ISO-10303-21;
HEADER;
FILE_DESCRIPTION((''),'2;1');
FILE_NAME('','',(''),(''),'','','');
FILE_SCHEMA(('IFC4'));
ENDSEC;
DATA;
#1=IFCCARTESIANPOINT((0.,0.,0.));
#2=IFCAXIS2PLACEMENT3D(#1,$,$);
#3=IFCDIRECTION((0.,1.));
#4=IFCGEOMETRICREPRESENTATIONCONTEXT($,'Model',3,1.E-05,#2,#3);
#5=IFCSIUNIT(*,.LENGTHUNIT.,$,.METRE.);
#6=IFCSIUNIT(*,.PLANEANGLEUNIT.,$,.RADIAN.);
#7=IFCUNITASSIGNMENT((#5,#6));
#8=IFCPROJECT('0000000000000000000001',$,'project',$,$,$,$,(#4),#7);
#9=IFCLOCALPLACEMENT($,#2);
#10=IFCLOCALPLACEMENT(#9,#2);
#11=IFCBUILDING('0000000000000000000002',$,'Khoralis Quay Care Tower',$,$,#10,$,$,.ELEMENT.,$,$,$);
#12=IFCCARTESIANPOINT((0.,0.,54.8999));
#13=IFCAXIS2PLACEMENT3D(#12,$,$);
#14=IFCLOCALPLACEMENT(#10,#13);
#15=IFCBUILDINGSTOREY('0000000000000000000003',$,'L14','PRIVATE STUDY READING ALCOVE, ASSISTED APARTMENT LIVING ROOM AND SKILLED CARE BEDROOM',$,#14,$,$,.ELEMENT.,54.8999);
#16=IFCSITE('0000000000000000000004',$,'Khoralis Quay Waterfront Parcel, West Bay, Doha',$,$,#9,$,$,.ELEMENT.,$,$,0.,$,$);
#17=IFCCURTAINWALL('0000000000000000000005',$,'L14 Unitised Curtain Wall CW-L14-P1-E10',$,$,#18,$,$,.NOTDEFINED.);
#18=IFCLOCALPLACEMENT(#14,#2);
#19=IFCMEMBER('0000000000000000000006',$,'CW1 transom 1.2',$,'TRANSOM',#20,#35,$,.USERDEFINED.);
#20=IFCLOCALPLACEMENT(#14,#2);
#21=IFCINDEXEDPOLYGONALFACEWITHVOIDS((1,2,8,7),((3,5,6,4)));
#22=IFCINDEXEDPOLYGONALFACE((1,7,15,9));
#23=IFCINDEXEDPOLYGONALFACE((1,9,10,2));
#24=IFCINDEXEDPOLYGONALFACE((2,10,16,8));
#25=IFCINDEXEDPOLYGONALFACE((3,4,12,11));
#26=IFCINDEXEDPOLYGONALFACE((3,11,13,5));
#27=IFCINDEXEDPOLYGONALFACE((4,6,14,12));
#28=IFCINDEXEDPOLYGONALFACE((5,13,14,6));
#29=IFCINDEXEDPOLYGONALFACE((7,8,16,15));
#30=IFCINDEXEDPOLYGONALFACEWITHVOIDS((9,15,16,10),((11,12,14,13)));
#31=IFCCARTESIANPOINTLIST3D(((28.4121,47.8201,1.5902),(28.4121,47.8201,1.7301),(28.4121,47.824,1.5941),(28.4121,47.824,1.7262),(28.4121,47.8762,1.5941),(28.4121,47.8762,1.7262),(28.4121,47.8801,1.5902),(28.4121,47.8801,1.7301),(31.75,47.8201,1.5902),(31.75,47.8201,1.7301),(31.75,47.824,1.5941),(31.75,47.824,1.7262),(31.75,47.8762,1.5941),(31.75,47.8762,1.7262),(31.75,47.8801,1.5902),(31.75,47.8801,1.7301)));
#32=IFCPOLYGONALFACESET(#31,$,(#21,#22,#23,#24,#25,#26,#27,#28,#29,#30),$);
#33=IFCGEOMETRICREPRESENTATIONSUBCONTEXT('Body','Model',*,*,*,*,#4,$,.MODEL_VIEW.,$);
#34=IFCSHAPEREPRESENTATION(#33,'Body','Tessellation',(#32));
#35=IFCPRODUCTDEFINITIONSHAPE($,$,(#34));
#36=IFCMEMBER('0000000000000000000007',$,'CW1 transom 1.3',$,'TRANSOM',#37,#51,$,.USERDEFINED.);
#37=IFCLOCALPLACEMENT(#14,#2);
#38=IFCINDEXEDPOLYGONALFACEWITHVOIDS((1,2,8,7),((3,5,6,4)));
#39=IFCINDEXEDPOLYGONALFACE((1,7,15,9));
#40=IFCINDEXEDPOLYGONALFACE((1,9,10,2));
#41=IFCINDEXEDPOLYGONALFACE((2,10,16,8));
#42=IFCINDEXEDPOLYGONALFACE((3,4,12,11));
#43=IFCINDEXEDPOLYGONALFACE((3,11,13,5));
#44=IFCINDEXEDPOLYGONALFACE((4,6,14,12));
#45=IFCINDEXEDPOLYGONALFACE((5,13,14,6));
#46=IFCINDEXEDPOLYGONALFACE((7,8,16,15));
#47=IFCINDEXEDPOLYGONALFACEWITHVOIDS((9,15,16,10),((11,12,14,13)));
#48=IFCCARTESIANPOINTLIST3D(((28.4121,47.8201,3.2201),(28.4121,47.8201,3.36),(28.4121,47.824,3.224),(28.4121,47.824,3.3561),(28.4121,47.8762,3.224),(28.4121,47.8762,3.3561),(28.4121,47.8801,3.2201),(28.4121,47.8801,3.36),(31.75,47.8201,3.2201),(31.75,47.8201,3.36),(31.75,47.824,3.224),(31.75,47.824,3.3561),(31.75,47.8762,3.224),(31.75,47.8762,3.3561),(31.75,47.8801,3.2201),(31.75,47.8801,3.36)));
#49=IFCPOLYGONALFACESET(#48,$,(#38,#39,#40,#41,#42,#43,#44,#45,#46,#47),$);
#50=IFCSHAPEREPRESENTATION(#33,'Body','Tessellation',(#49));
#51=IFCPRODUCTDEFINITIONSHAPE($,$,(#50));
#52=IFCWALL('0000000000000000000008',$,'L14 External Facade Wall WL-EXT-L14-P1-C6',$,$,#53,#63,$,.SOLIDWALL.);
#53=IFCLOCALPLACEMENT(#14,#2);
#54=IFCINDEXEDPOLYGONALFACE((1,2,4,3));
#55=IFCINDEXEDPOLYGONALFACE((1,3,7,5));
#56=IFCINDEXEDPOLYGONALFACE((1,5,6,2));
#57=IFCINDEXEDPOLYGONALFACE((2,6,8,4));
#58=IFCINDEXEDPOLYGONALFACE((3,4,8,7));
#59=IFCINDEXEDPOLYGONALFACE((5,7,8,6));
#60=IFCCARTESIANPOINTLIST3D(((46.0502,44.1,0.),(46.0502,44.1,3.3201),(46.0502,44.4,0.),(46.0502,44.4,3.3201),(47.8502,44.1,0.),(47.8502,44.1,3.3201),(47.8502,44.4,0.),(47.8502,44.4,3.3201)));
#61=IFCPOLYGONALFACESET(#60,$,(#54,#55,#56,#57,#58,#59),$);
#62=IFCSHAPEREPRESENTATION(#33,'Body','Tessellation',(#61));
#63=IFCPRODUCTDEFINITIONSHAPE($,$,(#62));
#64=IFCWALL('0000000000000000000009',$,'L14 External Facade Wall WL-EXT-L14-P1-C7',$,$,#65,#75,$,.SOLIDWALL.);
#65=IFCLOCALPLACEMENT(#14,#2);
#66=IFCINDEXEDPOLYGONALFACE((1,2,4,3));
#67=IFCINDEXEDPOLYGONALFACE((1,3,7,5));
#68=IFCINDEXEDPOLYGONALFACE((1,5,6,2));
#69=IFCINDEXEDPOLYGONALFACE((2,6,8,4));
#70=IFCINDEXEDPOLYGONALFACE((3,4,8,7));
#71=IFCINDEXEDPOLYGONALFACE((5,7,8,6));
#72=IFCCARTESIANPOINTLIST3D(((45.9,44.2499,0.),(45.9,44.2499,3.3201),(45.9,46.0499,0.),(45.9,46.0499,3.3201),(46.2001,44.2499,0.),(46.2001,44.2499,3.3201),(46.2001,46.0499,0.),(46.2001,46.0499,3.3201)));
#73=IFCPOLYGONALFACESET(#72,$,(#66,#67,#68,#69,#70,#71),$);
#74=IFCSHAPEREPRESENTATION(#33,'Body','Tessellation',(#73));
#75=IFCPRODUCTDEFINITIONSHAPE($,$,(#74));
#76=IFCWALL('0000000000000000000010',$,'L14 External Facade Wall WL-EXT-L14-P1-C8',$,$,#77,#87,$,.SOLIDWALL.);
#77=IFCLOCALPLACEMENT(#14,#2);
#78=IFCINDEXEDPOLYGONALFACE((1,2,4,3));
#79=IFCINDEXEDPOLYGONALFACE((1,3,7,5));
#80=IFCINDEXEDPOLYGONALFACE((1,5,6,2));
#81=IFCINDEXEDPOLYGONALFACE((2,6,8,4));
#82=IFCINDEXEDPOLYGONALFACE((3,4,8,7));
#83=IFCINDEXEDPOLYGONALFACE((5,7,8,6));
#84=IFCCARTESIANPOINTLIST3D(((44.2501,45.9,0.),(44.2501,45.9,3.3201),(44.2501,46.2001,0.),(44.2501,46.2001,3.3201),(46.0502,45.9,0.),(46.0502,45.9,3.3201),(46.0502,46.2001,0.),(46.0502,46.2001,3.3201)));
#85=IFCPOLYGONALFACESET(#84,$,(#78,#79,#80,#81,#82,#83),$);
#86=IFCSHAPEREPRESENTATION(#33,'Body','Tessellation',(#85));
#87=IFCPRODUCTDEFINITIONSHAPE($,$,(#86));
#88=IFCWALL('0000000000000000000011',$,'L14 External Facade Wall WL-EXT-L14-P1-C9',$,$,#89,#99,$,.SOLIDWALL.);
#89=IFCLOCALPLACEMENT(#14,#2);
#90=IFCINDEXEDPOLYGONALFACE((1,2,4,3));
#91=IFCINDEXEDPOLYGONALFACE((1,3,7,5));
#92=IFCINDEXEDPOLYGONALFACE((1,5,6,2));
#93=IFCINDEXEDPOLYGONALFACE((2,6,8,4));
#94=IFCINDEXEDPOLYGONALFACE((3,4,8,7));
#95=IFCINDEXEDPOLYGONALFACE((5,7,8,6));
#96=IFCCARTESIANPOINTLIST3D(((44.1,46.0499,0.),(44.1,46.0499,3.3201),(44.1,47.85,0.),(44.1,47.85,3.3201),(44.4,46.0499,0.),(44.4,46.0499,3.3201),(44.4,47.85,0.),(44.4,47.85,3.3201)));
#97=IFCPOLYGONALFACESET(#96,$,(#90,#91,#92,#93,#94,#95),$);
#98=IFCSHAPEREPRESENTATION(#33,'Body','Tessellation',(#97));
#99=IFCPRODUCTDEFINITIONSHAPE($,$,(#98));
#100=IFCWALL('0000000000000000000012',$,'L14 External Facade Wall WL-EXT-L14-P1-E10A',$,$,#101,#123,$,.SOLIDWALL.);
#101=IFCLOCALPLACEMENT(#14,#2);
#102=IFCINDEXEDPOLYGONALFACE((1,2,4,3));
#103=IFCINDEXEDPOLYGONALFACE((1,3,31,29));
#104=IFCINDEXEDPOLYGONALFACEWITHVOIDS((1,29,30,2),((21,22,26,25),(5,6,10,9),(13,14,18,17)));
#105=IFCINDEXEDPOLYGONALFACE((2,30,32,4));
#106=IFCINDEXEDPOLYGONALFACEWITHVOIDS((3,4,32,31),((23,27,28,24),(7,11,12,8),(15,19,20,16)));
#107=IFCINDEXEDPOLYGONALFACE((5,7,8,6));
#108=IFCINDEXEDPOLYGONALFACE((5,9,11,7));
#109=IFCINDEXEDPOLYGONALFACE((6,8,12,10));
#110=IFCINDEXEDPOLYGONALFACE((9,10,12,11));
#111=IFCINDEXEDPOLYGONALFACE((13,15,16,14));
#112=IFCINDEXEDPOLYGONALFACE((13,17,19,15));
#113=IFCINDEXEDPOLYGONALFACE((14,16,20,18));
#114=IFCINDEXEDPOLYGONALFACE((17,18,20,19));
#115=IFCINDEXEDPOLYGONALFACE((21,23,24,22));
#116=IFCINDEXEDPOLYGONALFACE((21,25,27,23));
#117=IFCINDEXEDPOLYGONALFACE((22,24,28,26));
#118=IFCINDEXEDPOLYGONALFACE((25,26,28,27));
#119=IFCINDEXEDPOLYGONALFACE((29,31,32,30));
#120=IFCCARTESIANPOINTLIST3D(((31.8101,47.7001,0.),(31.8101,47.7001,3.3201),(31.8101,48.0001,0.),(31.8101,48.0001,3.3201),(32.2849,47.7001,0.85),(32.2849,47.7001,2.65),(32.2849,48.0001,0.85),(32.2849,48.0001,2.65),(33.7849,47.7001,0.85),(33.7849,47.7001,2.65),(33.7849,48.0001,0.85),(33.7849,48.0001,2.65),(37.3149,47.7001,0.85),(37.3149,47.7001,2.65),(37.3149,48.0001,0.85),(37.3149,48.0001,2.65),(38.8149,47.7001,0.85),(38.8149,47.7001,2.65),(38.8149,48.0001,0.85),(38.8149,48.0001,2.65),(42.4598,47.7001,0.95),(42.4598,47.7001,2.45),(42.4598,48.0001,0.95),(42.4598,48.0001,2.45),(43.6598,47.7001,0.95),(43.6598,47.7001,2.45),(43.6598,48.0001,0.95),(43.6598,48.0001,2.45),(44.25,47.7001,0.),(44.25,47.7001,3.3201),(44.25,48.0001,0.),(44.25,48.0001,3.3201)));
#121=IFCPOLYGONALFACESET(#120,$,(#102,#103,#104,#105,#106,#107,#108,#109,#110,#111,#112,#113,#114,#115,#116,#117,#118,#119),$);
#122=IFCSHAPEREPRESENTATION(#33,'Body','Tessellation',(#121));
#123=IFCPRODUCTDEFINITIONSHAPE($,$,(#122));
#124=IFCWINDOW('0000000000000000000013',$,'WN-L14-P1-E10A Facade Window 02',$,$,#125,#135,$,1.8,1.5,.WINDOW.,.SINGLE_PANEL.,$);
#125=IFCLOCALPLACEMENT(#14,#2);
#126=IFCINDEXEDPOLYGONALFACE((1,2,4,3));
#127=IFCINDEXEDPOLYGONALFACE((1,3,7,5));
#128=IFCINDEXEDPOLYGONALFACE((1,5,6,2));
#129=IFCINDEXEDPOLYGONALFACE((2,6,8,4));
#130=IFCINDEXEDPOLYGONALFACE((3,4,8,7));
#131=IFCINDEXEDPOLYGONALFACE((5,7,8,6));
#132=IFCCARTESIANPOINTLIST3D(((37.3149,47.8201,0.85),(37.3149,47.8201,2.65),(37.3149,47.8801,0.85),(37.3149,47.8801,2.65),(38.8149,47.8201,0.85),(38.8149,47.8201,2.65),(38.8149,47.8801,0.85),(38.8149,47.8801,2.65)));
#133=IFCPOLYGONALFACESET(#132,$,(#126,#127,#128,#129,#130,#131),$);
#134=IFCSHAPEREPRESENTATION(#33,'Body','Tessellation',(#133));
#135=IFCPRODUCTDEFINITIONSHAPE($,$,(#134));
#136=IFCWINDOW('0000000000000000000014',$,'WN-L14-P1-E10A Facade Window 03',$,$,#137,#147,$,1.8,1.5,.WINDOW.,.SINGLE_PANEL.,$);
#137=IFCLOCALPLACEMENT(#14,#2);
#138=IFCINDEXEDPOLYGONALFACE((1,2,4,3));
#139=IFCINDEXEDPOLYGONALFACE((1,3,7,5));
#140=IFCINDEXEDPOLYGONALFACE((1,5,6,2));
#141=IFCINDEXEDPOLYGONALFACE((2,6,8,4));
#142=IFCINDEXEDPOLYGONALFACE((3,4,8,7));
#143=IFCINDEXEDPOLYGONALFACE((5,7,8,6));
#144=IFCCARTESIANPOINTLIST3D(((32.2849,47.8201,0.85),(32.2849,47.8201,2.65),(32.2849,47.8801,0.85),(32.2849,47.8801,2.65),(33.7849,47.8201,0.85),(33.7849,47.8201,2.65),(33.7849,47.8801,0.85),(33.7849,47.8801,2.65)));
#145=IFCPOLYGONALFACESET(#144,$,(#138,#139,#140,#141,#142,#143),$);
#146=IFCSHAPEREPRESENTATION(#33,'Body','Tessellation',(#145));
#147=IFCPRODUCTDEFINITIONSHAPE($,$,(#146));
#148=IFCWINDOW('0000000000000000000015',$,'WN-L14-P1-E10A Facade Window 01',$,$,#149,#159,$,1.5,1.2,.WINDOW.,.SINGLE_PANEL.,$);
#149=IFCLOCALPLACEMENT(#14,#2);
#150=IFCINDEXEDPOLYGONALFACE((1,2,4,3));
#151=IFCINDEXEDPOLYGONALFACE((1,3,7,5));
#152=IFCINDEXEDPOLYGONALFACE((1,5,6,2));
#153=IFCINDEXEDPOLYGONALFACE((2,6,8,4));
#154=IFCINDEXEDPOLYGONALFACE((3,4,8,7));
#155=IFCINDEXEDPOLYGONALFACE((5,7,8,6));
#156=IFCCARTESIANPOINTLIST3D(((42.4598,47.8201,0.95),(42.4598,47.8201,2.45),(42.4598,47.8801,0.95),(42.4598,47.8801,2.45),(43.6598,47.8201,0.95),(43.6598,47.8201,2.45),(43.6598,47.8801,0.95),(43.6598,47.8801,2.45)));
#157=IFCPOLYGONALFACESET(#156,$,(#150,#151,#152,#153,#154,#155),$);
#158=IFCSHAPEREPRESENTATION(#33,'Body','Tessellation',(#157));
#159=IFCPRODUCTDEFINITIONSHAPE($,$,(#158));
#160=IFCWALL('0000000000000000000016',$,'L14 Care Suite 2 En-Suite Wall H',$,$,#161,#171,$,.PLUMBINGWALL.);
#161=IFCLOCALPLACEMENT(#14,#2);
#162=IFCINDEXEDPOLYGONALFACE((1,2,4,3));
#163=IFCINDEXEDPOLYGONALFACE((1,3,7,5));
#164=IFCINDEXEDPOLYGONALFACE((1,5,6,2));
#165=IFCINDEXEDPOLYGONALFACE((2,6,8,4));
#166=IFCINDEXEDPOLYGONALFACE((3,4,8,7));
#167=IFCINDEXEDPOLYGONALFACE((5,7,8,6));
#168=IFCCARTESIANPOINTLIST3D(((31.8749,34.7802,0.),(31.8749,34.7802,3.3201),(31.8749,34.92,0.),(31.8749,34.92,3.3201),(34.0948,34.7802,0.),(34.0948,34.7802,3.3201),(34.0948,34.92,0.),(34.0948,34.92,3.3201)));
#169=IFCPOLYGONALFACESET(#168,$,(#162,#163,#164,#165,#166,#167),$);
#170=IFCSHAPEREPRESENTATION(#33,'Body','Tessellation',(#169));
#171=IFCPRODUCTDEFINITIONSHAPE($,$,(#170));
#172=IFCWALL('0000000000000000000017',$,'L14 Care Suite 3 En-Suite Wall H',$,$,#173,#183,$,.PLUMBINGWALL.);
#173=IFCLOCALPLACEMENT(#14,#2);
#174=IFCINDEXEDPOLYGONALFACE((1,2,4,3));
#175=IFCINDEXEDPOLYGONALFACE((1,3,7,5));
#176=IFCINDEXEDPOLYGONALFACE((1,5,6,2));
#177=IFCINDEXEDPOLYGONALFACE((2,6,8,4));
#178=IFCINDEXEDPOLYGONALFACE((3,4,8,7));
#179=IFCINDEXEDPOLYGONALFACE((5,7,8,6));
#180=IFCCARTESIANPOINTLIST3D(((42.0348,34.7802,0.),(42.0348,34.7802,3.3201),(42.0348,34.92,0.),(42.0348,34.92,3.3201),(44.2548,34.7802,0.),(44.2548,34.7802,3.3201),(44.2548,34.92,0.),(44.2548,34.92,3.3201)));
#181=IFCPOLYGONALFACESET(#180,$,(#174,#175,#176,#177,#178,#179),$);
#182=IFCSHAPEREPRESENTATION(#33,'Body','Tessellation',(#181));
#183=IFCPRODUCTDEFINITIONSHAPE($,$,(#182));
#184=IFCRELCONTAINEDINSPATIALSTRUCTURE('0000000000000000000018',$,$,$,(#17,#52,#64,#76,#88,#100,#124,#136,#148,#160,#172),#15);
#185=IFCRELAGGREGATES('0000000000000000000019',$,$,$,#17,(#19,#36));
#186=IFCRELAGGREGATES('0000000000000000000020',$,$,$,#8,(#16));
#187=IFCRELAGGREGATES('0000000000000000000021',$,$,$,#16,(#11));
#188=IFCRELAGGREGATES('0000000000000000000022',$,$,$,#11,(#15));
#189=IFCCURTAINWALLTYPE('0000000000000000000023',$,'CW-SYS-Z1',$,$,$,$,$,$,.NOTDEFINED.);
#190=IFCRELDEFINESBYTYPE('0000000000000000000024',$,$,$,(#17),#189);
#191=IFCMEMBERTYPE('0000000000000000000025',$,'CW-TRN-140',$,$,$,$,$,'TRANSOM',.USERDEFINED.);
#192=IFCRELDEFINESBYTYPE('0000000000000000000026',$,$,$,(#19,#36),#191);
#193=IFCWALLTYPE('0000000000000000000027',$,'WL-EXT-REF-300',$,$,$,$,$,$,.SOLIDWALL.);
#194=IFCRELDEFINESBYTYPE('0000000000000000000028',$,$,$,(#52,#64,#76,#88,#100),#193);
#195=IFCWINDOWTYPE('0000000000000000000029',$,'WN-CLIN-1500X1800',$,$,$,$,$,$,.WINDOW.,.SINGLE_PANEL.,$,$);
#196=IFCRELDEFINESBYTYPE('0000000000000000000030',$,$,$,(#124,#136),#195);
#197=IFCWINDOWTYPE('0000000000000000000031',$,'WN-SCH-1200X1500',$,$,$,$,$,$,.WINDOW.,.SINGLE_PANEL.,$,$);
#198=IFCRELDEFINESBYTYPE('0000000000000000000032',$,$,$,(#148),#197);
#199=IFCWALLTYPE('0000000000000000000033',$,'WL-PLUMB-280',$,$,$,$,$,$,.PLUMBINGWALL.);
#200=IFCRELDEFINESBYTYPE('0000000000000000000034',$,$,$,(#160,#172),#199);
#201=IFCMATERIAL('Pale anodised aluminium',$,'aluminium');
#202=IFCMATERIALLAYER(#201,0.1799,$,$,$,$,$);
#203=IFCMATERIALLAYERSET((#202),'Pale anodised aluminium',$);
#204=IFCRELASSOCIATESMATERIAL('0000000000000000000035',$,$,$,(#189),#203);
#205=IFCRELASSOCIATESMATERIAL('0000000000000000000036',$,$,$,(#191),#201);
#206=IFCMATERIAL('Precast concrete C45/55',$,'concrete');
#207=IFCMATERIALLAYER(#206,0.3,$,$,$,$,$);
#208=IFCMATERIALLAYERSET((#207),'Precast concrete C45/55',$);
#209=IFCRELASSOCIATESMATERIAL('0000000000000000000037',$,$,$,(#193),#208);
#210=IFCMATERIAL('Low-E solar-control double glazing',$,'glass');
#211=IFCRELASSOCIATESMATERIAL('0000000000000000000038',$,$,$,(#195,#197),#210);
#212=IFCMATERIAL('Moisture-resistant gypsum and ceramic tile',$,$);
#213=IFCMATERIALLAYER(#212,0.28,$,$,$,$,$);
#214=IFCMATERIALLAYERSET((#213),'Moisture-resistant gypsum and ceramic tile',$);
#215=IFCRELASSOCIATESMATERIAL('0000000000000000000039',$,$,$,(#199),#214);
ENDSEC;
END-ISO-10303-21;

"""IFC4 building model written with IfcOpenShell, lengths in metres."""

from ifc_helpers import new_model, si_unit, direction, frame, frame_2d, origin, origin_2d, place, context, subcontext, project, spatial, rectangle, hollow_rectangle, extrude, source, transform, mapped, material, layer, layer_set, material_profile, profile_set, type_object, element, fill, aggregate, save


model = new_model("IFC4")

# Units and contexts
model_context = context("Model", 3, precision=1e-05, world=origin(), true_north=direction((0.0, 1.0)))
body_context = subcontext(model_context, "Body", "Model", "MODEL_VIEW")
ifc_project = project(units=[si_unit("LENGTHUNIT", "METRE"), si_unit("PLANEANGLEUNIT", "RADIAN")], contexts=[model_context])

# Site, building, storey
site_placement = place(None, origin())
site = spatial("IfcSite", under=ifc_project, at=site_placement, Name="Khoralis Quay Waterfront Parcel, West Bay, Doha", CompositionType="ELEMENT", RefElevation=0.0)
building_placement = place(site_placement, origin())
building = spatial("IfcBuilding", under=site, at=building_placement, Name="Khoralis Quay Care Tower", CompositionType="ELEMENT")
storey_placement = place(building_placement, frame((0.0, 0.0, 54.8999)))
storey = spatial("IfcBuildingStorey", under=building, at=storey_placement, Name="L14", Description="PRIVATE STUDY READING ALCOVE, ASSISTED APARTMENT LIVING ROOM AND SKILLED CARE BEDROOM", CompositionType="ELEMENT", Elevation=54.8999)

# Curtain wall, members
ifc_material_1 = material(Name="Pale anodised aluminium", Category="aluminium")
ifc_layer_1 = layer(ifc_material_1, 0.1799)
ifc_layer_set_1 = layer_set([ifc_layer_1], Name="Pale anodised aluminium")
curtain_wall_type = type_object("IfcCurtainWallType", Name="CW-SYS-Z1", PredefinedType="NOTDEFINED", material=ifc_layer_set_1)
curtain_wall_placement = place(storey_placement, origin())
curtain_wall = element("IfcCurtainWall", 1, at=curtain_wall_placement, inside=storey, type_object=curtain_wall_type, Name="L14 Unitised Curtain Wall CW-L14-P1-E10", PredefinedType="NOTDEFINED")
ifc_material_profile_1 = material_profile(ifc_material_1, hollow_rectangle(XDim=0.0601, YDim=0.1399, WallThickness=0.0039, at=origin_2d()), Name="Pale anodised aluminium")
ifc_profile_set_1 = profile_set([ifc_material_profile_1], Name="Pale anodised aluminium")
member_type_1 = type_object("IfcMemberType", Name="CW-TRN-140", ElementType="TRANSOM", PredefinedType="USERDEFINED", material=ifc_profile_set_1)
shared_shape_1 = source(origin(), body_context, "Body", "SweptSolid", [
    extrude(hollow_rectangle(XDim=0.0601, YDim=0.1399, WallThickness=0.0039, at=origin_2d()), origin(), (0.0, 0.0, 1.0), 3.3379),
])
member_1_placement = place(storey_placement, frame((31.75, 47.8501, 1.6602), z_axis=(-1.0, 0.0, 0.0), x_axis=(0.0, -1.0, 0.0)))
member_1 = element("IfcMember", 2, at=member_1_placement, type_object=member_type_1, Name="CW1 transom 1.2", ObjectType="TRANSOM", PredefinedType="USERDEFINED", context=body_context, shape_type="MappedRepresentation", body=[
    mapped(shared_shape_1, transform((0.0, 0.0, 0.0), scale=1.0)),
])
member_2_placement = place(storey_placement, frame((31.75, 47.8501, 3.29), z_axis=(-1.0, 0.0, 0.0), x_axis=(0.0, -1.0, 0.0)))
member_2 = element("IfcMember", 3, at=member_2_placement, type_object=member_type_1, Name="CW1 transom 1.3", ObjectType="TRANSOM", PredefinedType="USERDEFINED", context=body_context, shape_type="MappedRepresentation", body=[
    mapped(shared_shape_1, transform((0.0, 0.0, 0.0), scale=1.0)),
])
aggregate(curtain_wall, [member_1, member_2])

# Walls
ifc_material_2 = material(Name="Precast concrete C45/55", Category="concrete")
ifc_layer_2 = layer(ifc_material_2, 0.3)
ifc_layer_set_2 = layer_set([ifc_layer_2], Name="Precast concrete C45/55")
wall_type_1 = type_object("IfcWallType", Name="WL-EXT-REF-300", PredefinedType="SOLIDWALL", material=ifc_layer_set_2)
for number, where, z_axis, x_axis, name in (
    (4, (47.8501, 44.25, 0.0), (0.0, 0.0, 1.0), (-1.0, 0.0, 0.0), "L14 External Facade Wall WL-EXT-L14-P1-C6"),
    (5, (46.05, 44.25, 0.0), (0.0, 0.0, 1.0), (0.0, 1.0, 0.0), "L14 External Facade Wall WL-EXT-L14-P1-C7"),
    (6, (46.05, 46.05, 0.0), (0.0, 0.0, 1.0), (-1.0, 0.0, 0.0), "L14 External Facade Wall WL-EXT-L14-P1-C8"),
    (7, (44.25, 46.05, 0.0), (0.0, 0.0, 1.0), (0.0, 1.0, 0.0), "L14 External Facade Wall WL-EXT-L14-P1-C9"),
):
    element("IfcWall", number, at=place(storey_placement, frame(where, z_axis=z_axis, x_axis=x_axis)), inside=storey, type_object=wall_type_1, Name=name, PredefinedType="SOLIDWALL", context=body_context, shape_type="SweptSolid", body=[
        extrude(rectangle(XDim=1.8, YDim=0.3, at=frame_2d((0.8999, 0.0))), origin(), (0.0, 0.0, 1.0), 3.3201),
    ])

# Wall, openings, windows
wall_1_placement = place(storey_placement, frame((44.25, 47.8501, 0.0), z_axis=(0.0, 0.0, 1.0), x_axis=(-1.0, 0.0, 0.0)))
wall_1 = element("IfcWall", 8, at=wall_1_placement, inside=storey, type_object=wall_type_1, Name="L14 External Facade Wall WL-EXT-L14-P1-E10A", PredefinedType="SOLIDWALL", context=body_context, shape_type="SweptSolid", body=[
    extrude(rectangle(XDim=12.4399, YDim=0.3, at=frame_2d((6.22, 0.0))), origin(), (0.0, 0.0, 1.0), 3.3201),
])
opening_1_placement = place(wall_1_placement, frame((0.5901, 0.0, 0.95)))
opening_1 = element("IfcOpeningElement", 9, at=opening_1_placement, cuts=wall_1, PredefinedType="OPENING", context=body_context, shape_type="SweptSolid", body=[
    extrude(rectangle(XDim=1.2, YDim=1.5, at=frame_2d((0.6001, 0.75))), frame((0.0, 0.1602, 0.0), z_axis=(0.0, -1.0, 0.0), x_axis=(1.0, 0.0, 0.0)), (0.0, 0.0, 1.0), 0.3201),
])
opening_2_placement = place(wall_1_placement, frame((5.4351, 0.0, 0.8501)))
opening_2 = element("IfcOpeningElement", 10, at=opening_2_placement, cuts=wall_1, PredefinedType="OPENING", context=body_context, shape_type="SweptSolid", body=[
    extrude(rectangle(XDim=1.5, YDim=1.8, at=frame_2d((0.75, 0.8999))), frame((0.0, 0.1602, 0.0), z_axis=(0.0, -1.0, 0.0), x_axis=(1.0, 0.0, 0.0)), (0.0, 0.0, 1.0), 0.3201),
])
opening_3_placement = place(wall_1_placement, frame((10.4651, 0.0, 0.8501)))
opening_3 = element("IfcOpeningElement", 11, at=opening_3_placement, cuts=wall_1, PredefinedType="OPENING", context=body_context, shape_type="SweptSolid", body=[
    extrude(rectangle(XDim=1.5, YDim=1.8, at=frame_2d((0.75, 0.8999))), frame((0.0, 0.1602, 0.0), z_axis=(0.0, -1.0, 0.0), x_axis=(1.0, 0.0, 0.0)), (0.0, 0.0, 1.0), 0.3201),
])
ifc_material_3 = material(Name="Low-E solar-control double glazing", Category="glass")
window_type_1 = type_object("IfcWindowType", Name="WN-CLIN-1500X1800", PartitioningType="SINGLE_PANEL", PredefinedType="WINDOW", material=ifc_material_3)
shared_shape_2 = source(origin(), body_context, "Body", "SweptSolid", [
    extrude(rectangle(XDim=1.5, YDim=1.8, at=frame_2d((0.75, 0.8999))), frame((0.0, 0.03, 0.0), z_axis=(0.0, -1.0, 0.0), x_axis=(1.0, 0.0, 0.0)), (0.0, 0.0, 1.0), 0.0601),
])
window_1_placement = place(opening_2_placement, origin())
window_1 = element("IfcWindow", 12, at=window_1_placement, inside=storey, type_object=window_type_1, Name="WN-L14-P1-E10A Facade Window 02", OverallHeight=1.8, OverallWidth=1.5, PartitioningType="SINGLE_PANEL", PredefinedType="WINDOW", context=body_context, shape_type="MappedRepresentation", body=[
    mapped(shared_shape_2, transform((0.0, 0.0, 0.0), scale=1.0)),
])
fill(opening_2, window_1)
window_2_placement = place(opening_3_placement, origin())
window_2 = element("IfcWindow", 13, at=window_2_placement, inside=storey, type_object=window_type_1, Name="WN-L14-P1-E10A Facade Window 03", OverallHeight=1.8, OverallWidth=1.5, PartitioningType="SINGLE_PANEL", PredefinedType="WINDOW", context=body_context, shape_type="MappedRepresentation", body=[
    mapped(shared_shape_2, transform((0.0, 0.0, 0.0), scale=1.0)),
])
fill(opening_3, window_2)
window_type_2 = type_object("IfcWindowType", Name="WN-SCH-1200X1500", PartitioningType="SINGLE_PANEL", PredefinedType="WINDOW", material=ifc_material_3)
shared_shape_3 = source(origin(), body_context, "Body", "SweptSolid", [
    extrude(rectangle(XDim=1.2, YDim=1.5, at=frame_2d((0.6001, 0.75))), frame((0.0, 0.03, 0.0), z_axis=(0.0, -1.0, 0.0), x_axis=(1.0, 0.0, 0.0)), (0.0, 0.0, 1.0), 0.0601),
])
window_3_placement = place(opening_1_placement, origin())
window_3 = element("IfcWindow", 14, at=window_3_placement, inside=storey, type_object=window_type_2, Name="WN-L14-P1-E10A Facade Window 01", OverallHeight=1.5, OverallWidth=1.2, PartitioningType="SINGLE_PANEL", PredefinedType="WINDOW", context=body_context, shape_type="MappedRepresentation", body=[
    mapped(shared_shape_3, transform((0.0, 0.0, 0.0), scale=1.0)),
])
fill(opening_1, window_3)

# Walls
ifc_material_4 = material(Name="Moisture-resistant gypsum and ceramic tile")
ifc_layer_3 = layer(ifc_material_4, 0.28)
ifc_layer_set_3 = layer_set([ifc_layer_3], Name="Moisture-resistant gypsum and ceramic tile")
wall_type_2 = type_object("IfcWallType", Name="WL-PLUMB-280", PredefinedType="PLUMBINGWALL", material=ifc_layer_set_3)
for number, where, z_axis, x_axis, name in (
    (15, (31.875, 34.8501, 0.0), (0.0, 0.0, 1.0), (1.0, 0.0, 0.0), "L14 Care Suite 2 En-Suite Wall H"),
    (16, (42.0349, 34.8501, 0.0), (0.0, 0.0, 1.0), (1.0, 0.0, 0.0), "L14 Care Suite 3 En-Suite Wall H"),
):
    element("IfcWall", number, at=place(storey_placement, frame(where, z_axis=z_axis, x_axis=x_axis)), inside=storey, type_object=wall_type_2, Name=name, PredefinedType="PLUMBINGWALL", context=body_context, shape_type="SweptSolid", body=[
        extrude(rectangle(XDim=2.22, YDim=0.1399, at=frame_2d((1.1099, 0.0))), origin(), (0.0, 0.0, 1.0), 3.3201),
    ])

save(model, "model.ifc")
